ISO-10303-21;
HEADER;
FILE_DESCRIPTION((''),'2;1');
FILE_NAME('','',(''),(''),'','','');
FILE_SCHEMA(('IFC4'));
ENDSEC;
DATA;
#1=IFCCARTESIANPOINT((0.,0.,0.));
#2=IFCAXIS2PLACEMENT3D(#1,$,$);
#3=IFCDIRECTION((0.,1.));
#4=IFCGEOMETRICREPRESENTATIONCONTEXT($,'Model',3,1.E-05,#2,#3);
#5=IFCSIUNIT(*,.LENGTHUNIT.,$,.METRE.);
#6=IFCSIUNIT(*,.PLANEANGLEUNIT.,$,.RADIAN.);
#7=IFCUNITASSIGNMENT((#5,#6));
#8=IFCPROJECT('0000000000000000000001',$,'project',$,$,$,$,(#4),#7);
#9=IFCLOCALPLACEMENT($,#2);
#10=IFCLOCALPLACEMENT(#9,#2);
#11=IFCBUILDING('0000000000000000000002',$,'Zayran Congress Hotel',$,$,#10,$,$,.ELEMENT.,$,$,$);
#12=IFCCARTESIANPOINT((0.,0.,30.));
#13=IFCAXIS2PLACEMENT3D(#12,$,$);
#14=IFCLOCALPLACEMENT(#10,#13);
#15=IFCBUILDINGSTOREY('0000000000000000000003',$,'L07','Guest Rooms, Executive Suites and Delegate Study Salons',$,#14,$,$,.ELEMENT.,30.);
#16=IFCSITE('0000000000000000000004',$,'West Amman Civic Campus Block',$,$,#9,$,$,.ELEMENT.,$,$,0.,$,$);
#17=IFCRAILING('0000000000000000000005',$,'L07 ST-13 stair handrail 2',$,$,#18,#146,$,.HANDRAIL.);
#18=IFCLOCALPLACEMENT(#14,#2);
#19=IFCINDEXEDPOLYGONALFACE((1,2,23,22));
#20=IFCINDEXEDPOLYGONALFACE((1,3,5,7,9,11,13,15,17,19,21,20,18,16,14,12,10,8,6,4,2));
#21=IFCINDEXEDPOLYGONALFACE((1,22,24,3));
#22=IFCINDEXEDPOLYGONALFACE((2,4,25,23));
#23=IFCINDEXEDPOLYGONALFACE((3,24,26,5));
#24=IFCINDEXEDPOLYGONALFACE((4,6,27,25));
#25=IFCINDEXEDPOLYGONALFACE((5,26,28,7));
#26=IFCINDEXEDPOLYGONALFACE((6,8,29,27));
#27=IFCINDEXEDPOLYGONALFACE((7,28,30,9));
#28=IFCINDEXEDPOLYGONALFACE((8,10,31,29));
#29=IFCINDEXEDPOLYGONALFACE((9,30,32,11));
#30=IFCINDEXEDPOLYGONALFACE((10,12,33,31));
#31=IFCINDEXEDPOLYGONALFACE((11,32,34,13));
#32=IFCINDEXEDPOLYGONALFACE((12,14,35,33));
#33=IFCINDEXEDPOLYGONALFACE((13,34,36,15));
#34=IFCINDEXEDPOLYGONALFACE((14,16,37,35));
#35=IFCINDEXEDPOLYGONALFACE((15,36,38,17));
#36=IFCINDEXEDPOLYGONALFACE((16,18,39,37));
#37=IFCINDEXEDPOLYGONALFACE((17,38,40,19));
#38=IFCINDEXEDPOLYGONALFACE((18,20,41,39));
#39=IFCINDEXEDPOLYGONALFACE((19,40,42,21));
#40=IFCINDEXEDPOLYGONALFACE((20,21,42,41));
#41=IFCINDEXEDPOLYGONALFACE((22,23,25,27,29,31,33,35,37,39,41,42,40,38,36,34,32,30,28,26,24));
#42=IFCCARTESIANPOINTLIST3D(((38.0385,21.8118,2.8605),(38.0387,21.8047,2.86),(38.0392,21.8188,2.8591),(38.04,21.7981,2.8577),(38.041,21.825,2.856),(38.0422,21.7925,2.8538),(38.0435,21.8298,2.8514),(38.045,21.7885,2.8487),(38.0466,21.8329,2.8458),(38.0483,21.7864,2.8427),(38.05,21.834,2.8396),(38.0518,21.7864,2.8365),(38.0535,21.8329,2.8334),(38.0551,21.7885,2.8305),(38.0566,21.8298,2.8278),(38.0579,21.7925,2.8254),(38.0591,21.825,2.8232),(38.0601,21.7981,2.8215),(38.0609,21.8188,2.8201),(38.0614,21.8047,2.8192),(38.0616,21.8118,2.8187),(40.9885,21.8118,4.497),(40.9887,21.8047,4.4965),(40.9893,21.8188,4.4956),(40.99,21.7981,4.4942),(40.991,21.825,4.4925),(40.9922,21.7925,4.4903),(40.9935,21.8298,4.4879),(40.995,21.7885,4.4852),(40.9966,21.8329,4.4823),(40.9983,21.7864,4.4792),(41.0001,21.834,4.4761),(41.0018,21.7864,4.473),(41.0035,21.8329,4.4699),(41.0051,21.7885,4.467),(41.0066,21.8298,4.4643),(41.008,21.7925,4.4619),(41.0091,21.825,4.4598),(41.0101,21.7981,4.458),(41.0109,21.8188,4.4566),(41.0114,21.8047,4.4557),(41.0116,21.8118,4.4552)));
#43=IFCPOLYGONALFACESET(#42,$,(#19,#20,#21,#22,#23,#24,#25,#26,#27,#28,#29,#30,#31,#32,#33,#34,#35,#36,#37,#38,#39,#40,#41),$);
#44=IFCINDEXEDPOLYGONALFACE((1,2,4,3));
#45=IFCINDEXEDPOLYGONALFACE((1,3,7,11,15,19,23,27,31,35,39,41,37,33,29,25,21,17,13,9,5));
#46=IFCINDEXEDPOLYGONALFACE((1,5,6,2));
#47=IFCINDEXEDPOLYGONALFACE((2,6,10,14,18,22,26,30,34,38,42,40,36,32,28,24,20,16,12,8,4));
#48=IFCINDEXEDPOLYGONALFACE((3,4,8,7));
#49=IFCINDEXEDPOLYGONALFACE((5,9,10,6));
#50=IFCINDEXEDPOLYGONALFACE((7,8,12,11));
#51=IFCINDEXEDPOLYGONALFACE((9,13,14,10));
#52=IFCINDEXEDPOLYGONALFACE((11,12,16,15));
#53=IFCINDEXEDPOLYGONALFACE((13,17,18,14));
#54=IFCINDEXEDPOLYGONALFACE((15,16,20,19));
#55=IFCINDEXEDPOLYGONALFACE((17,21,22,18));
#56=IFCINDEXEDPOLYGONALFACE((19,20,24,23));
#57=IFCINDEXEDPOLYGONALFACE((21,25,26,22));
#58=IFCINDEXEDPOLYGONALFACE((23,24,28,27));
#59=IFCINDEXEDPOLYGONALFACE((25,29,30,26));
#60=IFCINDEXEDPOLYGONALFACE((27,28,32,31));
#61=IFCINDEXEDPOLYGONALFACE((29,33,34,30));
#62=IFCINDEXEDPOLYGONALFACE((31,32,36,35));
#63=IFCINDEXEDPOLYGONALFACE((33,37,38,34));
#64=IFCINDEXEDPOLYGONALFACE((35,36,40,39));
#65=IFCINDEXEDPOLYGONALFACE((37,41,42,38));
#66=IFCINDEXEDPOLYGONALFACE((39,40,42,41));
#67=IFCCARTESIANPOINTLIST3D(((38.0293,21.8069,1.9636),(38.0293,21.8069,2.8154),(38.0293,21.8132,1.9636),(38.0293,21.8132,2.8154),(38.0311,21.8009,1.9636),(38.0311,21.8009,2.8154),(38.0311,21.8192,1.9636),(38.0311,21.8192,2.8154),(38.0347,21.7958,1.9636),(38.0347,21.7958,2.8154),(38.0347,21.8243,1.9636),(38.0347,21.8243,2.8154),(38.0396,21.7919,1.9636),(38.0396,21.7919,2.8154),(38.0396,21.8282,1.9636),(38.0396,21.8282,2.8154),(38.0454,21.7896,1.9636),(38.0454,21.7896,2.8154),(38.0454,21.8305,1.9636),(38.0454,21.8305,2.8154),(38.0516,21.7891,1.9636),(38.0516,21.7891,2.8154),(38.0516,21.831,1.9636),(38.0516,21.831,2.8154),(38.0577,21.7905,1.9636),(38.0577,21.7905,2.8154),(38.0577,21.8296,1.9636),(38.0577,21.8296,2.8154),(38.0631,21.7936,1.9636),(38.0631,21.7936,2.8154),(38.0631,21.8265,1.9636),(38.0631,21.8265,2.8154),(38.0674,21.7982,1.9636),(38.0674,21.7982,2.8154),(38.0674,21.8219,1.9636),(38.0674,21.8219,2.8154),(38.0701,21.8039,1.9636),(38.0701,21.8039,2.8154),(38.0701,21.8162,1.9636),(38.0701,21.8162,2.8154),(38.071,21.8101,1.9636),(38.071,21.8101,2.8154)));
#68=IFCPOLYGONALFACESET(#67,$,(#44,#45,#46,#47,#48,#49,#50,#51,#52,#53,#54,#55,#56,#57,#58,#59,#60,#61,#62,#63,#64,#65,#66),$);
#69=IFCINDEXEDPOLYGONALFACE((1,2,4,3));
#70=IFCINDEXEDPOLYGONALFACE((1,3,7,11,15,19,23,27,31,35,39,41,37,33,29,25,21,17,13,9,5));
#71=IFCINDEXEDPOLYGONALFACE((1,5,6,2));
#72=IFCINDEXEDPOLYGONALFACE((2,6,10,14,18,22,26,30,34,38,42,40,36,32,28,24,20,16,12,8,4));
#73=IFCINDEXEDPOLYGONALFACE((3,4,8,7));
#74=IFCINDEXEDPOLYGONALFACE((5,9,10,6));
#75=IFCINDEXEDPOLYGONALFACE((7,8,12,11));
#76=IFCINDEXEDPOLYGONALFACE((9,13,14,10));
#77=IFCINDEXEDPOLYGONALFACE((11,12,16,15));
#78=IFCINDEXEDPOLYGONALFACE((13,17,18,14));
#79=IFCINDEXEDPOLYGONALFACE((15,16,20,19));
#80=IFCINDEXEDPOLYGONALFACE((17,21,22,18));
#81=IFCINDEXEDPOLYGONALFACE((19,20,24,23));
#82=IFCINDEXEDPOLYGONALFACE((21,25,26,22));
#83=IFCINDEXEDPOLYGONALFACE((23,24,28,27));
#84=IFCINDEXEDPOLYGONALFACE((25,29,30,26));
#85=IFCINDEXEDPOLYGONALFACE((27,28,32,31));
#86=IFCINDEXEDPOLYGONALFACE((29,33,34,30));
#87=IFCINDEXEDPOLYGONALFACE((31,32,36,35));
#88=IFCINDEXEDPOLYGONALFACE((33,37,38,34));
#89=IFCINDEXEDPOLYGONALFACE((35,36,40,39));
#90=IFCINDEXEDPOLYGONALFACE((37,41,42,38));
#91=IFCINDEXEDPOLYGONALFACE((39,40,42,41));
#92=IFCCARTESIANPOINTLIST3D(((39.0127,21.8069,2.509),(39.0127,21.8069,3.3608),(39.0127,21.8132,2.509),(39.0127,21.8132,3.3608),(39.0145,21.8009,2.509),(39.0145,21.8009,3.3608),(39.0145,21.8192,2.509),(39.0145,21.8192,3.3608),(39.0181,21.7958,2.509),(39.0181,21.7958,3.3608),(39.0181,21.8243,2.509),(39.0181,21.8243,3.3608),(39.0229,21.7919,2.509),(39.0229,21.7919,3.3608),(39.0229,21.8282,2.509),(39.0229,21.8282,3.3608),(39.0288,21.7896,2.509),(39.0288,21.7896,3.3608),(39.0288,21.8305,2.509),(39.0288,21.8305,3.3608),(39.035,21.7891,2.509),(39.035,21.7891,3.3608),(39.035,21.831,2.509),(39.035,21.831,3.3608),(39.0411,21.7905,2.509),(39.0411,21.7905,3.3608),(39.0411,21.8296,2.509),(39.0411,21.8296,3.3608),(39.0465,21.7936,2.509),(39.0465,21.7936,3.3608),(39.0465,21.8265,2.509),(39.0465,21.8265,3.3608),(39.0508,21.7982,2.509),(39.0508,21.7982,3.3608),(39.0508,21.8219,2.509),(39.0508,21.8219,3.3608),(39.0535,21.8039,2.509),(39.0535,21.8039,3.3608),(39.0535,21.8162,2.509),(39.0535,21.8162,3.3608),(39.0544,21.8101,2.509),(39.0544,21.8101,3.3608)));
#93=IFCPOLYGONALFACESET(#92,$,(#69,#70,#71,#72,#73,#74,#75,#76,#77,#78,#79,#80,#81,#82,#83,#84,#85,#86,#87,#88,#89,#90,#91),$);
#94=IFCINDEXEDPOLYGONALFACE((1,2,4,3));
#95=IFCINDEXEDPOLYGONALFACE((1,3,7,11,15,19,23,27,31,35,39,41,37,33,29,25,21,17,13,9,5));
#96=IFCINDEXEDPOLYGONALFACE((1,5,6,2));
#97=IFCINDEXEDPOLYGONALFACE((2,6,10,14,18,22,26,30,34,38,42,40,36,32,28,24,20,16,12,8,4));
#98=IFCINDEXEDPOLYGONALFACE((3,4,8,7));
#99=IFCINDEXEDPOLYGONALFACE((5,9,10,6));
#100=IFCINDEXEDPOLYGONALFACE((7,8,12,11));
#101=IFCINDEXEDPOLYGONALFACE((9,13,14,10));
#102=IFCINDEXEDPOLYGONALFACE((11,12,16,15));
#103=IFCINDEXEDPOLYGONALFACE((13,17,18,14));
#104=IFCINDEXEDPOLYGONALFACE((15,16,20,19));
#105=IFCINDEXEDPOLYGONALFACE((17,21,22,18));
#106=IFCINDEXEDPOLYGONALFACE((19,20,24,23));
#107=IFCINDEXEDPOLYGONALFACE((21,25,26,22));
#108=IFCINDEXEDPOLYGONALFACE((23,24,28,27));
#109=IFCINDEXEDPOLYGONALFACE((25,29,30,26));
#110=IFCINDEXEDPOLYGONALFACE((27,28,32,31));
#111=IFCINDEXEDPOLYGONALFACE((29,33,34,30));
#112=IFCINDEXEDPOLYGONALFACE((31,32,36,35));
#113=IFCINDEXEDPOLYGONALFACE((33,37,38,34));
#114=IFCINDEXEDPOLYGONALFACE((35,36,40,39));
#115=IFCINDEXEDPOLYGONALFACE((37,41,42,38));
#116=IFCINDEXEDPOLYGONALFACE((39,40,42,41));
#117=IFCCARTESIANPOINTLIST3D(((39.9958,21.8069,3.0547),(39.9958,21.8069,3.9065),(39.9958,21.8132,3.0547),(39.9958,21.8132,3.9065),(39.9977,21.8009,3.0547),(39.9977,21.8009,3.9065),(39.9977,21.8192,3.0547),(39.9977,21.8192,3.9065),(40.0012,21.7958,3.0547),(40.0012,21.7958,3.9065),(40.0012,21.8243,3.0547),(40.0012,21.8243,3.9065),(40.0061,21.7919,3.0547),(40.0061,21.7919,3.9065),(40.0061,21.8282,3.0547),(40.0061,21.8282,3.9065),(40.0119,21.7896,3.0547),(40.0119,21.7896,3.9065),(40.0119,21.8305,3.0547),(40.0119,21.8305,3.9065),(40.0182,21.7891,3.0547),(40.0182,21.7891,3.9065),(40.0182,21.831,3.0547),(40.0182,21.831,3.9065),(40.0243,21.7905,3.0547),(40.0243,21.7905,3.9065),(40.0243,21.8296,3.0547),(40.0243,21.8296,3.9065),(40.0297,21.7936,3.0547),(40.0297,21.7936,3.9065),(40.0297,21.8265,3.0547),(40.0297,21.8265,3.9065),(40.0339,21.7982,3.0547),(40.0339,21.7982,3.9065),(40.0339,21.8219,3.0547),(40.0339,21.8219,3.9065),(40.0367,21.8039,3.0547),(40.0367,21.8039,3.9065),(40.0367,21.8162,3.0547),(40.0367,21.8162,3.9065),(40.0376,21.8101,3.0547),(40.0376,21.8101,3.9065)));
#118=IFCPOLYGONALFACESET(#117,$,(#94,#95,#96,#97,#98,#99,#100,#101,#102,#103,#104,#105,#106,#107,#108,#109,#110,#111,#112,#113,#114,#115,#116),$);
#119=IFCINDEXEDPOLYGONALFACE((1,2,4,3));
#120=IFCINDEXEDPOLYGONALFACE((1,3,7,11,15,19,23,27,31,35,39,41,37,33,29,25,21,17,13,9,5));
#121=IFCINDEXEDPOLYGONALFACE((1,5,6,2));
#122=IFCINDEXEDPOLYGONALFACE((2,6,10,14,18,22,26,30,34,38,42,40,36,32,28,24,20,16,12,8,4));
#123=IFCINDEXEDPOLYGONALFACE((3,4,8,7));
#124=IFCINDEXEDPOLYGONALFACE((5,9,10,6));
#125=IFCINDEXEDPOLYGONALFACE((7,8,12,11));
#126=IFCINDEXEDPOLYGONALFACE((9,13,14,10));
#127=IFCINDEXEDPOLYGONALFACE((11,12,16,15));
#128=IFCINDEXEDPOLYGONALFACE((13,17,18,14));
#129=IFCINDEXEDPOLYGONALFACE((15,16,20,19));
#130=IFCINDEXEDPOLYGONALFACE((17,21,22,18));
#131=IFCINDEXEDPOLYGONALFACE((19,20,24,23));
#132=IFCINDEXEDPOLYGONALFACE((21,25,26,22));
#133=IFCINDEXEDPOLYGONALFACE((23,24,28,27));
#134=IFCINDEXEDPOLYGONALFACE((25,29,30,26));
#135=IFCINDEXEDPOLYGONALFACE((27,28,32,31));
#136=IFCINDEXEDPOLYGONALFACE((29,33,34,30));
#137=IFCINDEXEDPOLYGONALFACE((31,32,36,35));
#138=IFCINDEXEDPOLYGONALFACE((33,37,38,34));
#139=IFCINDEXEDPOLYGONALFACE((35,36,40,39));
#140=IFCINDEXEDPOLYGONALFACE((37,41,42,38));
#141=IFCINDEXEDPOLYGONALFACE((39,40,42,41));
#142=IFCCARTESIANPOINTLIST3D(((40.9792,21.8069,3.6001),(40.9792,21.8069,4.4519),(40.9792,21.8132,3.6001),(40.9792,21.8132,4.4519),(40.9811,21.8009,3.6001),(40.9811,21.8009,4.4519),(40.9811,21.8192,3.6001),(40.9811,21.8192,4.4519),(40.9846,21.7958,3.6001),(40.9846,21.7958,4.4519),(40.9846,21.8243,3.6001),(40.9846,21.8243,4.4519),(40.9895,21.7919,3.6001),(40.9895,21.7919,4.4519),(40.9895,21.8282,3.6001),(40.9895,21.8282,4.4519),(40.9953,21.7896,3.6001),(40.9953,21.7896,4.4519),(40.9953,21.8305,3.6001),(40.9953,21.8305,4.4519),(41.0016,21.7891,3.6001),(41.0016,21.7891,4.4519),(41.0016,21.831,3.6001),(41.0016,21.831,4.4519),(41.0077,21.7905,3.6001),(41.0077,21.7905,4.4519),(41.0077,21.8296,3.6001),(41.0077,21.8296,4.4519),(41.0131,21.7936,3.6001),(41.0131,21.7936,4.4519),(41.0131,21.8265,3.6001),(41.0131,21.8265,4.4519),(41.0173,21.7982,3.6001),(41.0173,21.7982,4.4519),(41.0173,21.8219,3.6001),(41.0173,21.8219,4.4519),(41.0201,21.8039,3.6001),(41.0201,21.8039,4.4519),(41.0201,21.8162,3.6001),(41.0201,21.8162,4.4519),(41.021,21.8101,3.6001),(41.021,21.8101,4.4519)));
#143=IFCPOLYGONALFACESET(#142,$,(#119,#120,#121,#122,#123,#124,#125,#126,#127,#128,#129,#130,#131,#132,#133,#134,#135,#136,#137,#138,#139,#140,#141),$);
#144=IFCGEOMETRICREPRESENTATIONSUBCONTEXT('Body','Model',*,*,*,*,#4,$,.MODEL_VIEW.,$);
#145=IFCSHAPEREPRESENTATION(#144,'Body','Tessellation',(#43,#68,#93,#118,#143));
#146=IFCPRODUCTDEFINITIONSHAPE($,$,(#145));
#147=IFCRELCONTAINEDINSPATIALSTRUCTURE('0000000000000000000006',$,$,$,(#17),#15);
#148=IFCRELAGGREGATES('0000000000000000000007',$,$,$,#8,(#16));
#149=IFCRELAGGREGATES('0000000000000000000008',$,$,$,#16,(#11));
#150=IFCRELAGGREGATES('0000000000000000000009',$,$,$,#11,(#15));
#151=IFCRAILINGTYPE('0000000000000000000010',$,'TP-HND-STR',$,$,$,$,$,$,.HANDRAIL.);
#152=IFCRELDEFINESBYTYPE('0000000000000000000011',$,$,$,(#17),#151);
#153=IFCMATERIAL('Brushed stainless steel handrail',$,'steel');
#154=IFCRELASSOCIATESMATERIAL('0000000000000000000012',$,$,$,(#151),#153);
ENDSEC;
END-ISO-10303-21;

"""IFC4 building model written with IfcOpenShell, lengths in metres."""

from ifc_helpers import new_model, si_unit, direction, frame, origin, origin_2d, place, context, subcontext, project, spatial, circle, extrude, material, type_object, element, save


model = new_model("IFC4")

# Units and contexts
model_context = context("Model", 3, precision=1e-05, world=origin(), true_north=direction((0.0, 1.0)))
body_context = subcontext(model_context, "Body", "Model", "MODEL_VIEW")
ifc_project = project(units=[si_unit("LENGTHUNIT", "METRE"), si_unit("PLANEANGLEUNIT", "RADIAN")], contexts=[model_context])

# Site, building, storey
site_placement = place(None, origin())
site = spatial("IfcSite", under=ifc_project, at=site_placement, Name="West Amman Civic Campus Block", CompositionType="ELEMENT", RefElevation=0.0)
building_placement = place(site_placement, origin())
building = spatial("IfcBuilding", under=site, at=building_placement, Name="Zayran Congress Hotel", CompositionType="ELEMENT")
storey_placement = place(building_placement, frame((0.0, 0.0, 30.0)))
storey = spatial("IfcBuildingStorey", under=building, at=storey_placement, Name="L07", Description="Guest Rooms, Executive Suites and Delegate Study Salons", CompositionType="ELEMENT", Elevation=30.0)

# Railing
ifc_material_1 = material(Name="Brushed stainless steel handrail", Category="steel")
railing_type_1 = type_object("IfcRailingType", Name="TP-HND-STR", PredefinedType="HANDRAIL", material=ifc_material_1)
railing_1_placement = place(storey_placement, frame((38.05, 21.8101, 1.9636)))
element("IfcRailing", 1, at=railing_1_placement, inside=storey, type_object=railing_type_1, Name="L07 ST-13 stair handrail 2", PredefinedType="HANDRAIL", context=body_context, shape_type="SweptSolid", body=[
    extrude(circle(Radius=0.0239, at=origin_2d()), frame((0.0, 0.0, 0.876), z_axis=(0.874458, 0.0, 0.485102), x_axis=(0.0, 1.0, 0.0)), (0.0, 0.0, 1.0), 3.3735),
    extrude(circle(Radius=0.021, at=origin_2d()), origin(), (0.0, 0.0, 1.0), 0.8518),
    extrude(circle(Radius=0.021, at=origin_2d()), frame((0.9834, 0.0, 0.5454)), (0.0, 0.0, 1.0), 0.8518),
    extrude(circle(Radius=0.021, at=origin_2d()), frame((1.9666, 0.0, 1.0911)), (0.0, 0.0, 1.0), 0.8518),
    extrude(circle(Radius=0.021, at=origin_2d()), frame((2.95, 0.0, 1.6365)), (0.0, 0.0, 1.0), 0.8518),
])

save(model, "model.ifc")
